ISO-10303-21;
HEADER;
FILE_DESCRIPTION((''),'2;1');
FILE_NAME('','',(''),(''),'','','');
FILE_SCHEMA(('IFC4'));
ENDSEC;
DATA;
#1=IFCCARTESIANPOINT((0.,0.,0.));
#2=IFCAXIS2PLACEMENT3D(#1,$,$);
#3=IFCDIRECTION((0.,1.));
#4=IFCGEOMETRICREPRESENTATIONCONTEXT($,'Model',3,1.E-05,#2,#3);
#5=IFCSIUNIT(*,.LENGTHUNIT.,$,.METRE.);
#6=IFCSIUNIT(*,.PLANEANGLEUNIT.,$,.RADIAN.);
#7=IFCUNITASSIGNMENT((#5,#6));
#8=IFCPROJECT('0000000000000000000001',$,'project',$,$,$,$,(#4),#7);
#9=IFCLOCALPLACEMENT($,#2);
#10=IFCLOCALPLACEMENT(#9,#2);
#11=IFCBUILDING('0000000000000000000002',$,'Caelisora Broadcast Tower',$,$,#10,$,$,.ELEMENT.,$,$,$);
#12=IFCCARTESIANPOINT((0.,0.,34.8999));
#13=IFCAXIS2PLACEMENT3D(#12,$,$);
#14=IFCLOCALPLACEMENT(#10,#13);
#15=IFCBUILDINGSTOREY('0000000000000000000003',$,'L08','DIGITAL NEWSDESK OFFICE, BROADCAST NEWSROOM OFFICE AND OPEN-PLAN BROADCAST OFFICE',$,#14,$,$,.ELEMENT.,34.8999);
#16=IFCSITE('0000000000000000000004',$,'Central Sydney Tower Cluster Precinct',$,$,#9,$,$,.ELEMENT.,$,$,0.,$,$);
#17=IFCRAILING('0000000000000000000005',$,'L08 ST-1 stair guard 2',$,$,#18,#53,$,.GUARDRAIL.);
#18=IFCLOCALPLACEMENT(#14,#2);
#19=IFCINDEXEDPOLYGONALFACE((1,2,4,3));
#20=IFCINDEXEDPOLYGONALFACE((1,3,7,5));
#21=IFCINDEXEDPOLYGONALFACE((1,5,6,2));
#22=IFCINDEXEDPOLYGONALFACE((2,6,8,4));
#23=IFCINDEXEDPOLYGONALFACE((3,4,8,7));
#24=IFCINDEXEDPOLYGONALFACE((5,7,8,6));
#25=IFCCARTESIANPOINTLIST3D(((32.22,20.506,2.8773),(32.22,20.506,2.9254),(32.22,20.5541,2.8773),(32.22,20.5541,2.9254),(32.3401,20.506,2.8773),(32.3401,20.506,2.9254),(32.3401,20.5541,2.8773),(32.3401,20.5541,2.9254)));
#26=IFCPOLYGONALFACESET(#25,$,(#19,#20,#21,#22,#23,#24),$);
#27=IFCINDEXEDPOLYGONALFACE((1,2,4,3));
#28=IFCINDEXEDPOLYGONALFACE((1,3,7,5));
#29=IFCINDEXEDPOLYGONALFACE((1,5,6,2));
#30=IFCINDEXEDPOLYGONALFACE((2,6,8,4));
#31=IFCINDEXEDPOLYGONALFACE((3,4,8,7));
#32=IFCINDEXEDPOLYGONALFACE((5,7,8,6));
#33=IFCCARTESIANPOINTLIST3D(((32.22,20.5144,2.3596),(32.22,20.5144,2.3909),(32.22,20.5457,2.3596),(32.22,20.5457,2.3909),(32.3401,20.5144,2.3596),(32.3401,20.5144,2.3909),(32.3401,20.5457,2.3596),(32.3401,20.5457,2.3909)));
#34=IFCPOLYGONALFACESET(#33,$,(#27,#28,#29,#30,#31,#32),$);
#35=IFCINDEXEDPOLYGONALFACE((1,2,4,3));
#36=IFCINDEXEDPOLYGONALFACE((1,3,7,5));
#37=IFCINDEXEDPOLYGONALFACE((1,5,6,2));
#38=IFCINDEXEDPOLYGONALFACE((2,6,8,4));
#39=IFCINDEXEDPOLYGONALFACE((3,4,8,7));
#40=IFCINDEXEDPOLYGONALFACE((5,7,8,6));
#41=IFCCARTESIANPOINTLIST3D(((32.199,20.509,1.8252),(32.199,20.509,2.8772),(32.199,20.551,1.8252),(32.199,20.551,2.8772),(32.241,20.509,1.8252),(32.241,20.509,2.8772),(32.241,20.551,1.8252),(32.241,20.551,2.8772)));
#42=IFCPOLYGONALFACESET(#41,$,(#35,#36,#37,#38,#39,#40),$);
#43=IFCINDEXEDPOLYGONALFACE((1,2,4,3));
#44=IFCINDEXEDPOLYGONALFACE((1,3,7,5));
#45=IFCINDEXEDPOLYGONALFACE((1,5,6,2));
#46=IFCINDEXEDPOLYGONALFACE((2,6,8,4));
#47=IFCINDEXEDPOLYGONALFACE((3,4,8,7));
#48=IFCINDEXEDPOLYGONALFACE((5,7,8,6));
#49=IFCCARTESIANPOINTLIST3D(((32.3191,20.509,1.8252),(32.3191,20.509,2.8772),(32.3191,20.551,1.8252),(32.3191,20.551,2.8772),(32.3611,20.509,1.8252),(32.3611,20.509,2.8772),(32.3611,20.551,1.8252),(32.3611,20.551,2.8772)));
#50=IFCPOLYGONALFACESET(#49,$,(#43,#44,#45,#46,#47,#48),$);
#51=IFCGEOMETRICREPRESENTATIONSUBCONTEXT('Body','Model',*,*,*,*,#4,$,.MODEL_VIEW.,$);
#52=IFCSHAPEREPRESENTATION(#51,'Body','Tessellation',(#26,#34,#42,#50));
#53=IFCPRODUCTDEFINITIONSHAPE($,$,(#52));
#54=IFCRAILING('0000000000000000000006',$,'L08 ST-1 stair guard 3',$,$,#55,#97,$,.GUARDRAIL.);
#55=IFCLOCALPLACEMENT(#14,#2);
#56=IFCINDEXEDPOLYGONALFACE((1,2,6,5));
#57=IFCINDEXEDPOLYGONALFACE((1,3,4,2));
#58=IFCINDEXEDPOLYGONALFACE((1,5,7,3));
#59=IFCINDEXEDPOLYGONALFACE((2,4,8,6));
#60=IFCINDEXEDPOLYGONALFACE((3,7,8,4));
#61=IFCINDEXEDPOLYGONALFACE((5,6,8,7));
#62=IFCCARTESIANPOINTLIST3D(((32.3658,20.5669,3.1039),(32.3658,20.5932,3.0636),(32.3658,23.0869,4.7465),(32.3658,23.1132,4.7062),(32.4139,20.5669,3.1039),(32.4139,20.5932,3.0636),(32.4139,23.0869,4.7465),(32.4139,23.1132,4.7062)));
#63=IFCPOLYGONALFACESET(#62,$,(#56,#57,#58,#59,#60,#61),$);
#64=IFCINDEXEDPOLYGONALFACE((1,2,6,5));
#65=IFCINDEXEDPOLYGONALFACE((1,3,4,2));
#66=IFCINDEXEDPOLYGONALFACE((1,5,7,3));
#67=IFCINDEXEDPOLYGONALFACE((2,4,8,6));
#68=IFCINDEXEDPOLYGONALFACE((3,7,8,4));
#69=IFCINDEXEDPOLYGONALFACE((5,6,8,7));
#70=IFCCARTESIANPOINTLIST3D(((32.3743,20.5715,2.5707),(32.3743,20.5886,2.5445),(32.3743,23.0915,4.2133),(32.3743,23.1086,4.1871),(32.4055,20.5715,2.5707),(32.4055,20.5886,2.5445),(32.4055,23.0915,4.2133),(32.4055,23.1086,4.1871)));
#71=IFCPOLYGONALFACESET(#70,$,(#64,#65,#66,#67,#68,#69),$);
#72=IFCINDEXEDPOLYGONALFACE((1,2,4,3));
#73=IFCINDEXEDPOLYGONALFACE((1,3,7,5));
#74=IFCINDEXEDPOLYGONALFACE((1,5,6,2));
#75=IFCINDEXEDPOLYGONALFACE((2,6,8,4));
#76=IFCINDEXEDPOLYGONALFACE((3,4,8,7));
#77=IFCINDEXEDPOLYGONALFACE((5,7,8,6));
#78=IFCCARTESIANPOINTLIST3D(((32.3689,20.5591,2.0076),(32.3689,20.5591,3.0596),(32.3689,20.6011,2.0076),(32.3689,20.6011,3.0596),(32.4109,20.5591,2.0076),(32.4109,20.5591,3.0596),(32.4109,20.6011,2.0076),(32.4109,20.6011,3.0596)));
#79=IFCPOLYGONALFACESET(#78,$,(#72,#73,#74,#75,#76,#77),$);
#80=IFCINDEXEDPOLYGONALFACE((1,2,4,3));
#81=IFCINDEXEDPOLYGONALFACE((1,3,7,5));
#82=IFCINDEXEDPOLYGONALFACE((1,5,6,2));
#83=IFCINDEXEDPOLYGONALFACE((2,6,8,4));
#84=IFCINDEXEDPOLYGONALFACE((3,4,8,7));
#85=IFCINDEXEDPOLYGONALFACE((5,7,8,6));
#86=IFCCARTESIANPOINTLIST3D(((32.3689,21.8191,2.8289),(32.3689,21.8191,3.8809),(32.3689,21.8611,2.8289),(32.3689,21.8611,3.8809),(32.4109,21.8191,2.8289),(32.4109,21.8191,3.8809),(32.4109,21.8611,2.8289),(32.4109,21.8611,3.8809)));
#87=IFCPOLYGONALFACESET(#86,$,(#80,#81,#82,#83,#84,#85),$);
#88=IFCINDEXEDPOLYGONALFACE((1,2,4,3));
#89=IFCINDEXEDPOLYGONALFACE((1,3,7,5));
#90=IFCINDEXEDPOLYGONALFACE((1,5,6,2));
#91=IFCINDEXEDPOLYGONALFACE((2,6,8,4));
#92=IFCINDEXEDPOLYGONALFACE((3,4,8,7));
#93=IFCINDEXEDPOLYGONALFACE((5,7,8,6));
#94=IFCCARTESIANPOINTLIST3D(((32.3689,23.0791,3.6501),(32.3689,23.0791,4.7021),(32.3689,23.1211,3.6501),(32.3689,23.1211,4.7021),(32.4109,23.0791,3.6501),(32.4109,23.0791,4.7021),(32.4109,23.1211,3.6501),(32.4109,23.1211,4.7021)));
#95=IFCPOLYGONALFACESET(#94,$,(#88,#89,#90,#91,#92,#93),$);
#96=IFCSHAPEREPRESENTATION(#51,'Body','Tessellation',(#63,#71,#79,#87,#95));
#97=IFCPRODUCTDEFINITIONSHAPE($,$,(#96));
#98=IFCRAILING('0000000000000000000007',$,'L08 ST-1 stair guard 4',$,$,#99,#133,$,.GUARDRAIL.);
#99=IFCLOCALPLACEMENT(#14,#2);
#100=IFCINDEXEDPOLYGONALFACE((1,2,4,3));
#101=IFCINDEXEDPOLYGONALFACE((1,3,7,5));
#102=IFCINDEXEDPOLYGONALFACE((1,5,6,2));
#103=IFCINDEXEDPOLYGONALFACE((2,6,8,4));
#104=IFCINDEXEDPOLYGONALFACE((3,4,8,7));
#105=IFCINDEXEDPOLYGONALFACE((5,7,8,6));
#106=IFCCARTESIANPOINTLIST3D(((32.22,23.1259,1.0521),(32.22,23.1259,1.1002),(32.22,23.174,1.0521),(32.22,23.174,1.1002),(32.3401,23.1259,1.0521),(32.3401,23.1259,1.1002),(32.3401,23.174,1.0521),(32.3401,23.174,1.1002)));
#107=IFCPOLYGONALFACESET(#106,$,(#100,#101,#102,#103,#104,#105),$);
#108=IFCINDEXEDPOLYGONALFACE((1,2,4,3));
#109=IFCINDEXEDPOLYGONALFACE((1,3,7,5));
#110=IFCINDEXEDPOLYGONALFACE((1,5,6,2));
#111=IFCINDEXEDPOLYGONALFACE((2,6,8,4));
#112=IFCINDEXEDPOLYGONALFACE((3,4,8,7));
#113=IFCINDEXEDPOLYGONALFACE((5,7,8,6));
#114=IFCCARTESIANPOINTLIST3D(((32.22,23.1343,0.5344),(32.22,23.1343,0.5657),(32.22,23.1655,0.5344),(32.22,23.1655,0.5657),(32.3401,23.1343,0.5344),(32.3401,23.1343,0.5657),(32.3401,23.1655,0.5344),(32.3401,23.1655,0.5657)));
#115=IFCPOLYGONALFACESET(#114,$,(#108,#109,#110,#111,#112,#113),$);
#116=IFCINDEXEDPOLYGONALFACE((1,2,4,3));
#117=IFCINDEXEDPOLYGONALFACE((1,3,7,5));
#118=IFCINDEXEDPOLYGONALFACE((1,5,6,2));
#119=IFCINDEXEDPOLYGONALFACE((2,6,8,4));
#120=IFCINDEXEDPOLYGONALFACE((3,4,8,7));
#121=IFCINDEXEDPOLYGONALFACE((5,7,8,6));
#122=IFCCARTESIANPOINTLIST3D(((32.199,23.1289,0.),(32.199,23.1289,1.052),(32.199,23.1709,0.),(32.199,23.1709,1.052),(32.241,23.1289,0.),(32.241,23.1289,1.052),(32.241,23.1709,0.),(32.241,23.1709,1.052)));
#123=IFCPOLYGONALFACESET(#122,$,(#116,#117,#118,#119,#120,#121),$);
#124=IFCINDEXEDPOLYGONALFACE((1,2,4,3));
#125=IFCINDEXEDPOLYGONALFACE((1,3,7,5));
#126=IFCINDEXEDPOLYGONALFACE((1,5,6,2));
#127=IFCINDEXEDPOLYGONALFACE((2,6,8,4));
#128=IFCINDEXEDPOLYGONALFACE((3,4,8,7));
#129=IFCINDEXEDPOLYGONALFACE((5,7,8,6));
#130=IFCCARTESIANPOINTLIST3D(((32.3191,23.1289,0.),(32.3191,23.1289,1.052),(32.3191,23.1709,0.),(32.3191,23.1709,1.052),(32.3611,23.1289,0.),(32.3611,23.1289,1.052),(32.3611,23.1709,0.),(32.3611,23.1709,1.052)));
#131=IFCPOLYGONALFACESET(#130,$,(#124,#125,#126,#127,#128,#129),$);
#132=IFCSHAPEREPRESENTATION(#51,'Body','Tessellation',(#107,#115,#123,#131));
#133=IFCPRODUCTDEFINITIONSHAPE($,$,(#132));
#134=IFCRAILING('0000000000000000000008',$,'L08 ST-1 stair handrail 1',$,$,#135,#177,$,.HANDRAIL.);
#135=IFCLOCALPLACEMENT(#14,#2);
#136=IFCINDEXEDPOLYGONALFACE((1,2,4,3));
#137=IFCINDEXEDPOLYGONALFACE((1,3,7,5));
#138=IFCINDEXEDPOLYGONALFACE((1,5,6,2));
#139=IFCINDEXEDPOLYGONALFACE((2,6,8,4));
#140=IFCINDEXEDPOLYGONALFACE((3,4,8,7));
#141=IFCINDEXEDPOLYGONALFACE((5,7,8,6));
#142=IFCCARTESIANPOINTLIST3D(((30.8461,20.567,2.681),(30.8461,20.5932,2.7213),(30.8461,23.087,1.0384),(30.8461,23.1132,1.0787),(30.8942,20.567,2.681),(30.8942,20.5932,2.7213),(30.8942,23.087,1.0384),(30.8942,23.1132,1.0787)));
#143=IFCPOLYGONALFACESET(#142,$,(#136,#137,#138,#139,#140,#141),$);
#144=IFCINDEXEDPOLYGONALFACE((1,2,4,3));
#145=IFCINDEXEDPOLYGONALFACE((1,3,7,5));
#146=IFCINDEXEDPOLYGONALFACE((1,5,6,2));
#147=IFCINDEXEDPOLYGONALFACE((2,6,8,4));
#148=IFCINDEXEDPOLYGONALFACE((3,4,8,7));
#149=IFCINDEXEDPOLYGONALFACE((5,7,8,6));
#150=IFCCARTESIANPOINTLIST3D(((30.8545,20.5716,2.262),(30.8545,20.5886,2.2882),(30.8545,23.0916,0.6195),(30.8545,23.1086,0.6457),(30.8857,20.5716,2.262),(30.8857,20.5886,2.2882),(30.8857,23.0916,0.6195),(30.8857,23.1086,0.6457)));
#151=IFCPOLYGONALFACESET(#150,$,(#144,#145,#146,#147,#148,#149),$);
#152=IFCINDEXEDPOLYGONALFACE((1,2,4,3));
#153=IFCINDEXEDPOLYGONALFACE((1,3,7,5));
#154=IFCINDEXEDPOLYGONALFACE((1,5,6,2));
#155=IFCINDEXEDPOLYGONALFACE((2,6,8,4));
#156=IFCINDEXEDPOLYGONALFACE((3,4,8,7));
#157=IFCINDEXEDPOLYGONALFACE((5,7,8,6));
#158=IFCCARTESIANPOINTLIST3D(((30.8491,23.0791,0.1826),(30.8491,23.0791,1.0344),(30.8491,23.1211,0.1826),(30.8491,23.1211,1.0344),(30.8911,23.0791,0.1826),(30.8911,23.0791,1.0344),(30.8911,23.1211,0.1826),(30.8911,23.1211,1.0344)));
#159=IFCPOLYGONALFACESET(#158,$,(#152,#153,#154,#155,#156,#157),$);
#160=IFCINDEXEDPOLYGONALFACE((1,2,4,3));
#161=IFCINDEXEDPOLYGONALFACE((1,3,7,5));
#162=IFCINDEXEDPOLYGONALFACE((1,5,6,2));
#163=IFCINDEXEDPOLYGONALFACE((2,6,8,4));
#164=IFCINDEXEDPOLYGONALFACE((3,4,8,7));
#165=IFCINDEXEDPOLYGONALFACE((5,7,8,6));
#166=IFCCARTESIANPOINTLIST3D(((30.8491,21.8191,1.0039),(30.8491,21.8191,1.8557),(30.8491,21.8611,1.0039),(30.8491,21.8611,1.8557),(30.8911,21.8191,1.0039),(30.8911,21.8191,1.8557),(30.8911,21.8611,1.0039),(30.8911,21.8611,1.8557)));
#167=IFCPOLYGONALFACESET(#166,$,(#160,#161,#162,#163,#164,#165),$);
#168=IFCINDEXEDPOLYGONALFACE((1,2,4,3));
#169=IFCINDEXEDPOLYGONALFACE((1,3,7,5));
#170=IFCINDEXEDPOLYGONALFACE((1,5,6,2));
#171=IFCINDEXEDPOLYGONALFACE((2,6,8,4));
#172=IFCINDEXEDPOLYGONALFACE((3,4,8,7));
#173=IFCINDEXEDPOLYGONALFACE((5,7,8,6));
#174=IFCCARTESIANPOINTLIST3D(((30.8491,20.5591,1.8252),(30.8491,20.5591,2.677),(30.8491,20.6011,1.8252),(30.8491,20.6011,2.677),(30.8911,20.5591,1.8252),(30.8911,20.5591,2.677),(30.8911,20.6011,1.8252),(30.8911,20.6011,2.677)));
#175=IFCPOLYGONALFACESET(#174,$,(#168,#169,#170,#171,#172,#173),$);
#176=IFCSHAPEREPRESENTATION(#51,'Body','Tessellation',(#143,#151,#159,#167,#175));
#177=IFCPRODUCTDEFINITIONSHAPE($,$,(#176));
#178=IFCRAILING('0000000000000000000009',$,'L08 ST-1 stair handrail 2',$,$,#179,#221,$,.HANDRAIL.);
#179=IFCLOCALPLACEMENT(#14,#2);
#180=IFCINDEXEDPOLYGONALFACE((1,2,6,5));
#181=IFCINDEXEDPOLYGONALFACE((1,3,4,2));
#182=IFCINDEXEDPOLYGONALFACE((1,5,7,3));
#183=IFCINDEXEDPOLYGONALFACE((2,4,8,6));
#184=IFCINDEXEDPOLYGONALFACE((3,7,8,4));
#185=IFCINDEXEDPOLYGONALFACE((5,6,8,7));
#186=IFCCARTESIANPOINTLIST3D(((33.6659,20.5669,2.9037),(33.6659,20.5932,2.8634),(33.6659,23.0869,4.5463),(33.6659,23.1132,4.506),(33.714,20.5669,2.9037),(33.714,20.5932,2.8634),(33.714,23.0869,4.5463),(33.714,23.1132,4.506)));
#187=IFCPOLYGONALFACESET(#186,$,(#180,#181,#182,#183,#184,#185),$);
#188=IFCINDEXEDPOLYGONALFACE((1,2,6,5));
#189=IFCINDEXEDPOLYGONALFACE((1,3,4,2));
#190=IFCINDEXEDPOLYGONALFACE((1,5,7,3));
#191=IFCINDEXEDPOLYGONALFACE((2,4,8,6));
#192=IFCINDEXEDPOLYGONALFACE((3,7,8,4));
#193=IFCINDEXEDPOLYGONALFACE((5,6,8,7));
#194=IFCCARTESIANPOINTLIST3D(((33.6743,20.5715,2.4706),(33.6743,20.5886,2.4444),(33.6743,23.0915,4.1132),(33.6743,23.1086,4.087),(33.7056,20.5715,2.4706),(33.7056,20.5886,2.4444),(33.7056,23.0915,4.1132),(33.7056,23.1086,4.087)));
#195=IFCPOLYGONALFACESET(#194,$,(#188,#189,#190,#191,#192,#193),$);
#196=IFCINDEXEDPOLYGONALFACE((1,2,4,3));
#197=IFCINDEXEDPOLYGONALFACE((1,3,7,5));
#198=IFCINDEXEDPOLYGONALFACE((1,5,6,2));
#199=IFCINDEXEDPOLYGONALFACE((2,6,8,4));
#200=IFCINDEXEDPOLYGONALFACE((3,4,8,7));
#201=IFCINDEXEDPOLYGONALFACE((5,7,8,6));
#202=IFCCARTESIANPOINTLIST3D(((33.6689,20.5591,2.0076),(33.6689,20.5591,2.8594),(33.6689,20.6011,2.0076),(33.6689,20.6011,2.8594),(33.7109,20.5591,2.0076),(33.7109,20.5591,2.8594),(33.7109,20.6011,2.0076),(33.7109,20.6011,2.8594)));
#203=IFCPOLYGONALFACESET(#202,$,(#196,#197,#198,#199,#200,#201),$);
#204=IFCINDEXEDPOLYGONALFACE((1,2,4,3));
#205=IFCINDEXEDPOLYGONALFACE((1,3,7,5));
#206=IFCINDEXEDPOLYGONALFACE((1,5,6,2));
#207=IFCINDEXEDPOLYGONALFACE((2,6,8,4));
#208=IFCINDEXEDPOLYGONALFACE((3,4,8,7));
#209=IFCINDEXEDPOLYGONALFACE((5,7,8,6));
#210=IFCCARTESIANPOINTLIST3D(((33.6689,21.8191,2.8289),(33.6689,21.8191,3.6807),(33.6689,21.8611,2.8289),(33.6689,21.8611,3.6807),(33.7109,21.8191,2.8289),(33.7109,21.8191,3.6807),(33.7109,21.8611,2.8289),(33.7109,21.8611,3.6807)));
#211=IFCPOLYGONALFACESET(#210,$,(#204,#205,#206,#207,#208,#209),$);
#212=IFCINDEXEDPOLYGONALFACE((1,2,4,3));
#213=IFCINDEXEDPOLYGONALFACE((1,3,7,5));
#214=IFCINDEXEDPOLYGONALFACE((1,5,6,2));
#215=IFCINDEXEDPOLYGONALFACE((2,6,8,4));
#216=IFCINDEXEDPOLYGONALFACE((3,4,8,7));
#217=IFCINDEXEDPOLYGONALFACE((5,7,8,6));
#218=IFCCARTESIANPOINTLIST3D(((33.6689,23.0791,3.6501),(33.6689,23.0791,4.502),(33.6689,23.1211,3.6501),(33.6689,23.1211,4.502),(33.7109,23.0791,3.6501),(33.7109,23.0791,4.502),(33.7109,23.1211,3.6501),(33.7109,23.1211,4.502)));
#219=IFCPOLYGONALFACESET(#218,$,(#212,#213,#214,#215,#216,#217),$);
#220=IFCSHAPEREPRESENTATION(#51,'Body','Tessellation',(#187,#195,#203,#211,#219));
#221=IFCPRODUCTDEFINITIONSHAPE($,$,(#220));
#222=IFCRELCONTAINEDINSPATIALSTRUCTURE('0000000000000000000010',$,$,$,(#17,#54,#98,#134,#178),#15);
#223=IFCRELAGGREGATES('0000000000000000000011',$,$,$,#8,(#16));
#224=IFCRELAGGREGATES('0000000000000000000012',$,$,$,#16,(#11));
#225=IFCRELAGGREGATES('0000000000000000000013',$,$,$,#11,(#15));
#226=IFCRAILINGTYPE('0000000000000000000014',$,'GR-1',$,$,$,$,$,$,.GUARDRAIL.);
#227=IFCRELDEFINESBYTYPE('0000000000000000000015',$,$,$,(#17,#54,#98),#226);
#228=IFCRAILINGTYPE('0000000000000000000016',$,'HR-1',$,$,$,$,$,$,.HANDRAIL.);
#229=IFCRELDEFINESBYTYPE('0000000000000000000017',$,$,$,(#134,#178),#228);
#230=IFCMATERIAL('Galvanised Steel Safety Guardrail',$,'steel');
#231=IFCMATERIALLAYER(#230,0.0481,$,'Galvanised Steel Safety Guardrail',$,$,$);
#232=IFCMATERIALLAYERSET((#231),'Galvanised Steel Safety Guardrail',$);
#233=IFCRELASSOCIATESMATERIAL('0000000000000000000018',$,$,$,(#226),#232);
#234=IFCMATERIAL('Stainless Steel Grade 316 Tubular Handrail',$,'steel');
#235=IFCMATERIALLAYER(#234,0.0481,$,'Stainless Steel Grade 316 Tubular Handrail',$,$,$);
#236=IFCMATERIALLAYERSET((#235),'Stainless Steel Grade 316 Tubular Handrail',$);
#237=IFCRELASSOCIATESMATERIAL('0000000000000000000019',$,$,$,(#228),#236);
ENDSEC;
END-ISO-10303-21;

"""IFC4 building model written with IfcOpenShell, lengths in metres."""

from ifc_helpers import new_model, si_unit, direction, frame, origin, origin_2d, place, context, subcontext, project, spatial, rectangle, extrude, material, layer, layer_set, type_object, element, save


model = new_model("IFC4")

# Units and contexts
model_context = context("Model", 3, precision=1e-05, world=origin(), true_north=direction((0.0, 1.0)))
body_context = subcontext(model_context, "Body", "Model", "MODEL_VIEW")
ifc_project = project(units=[si_unit("LENGTHUNIT", "METRE"), si_unit("PLANEANGLEUNIT", "RADIAN")], contexts=[model_context])

# Site, building, storey
site_placement = place(None, origin())
site = spatial("IfcSite", under=ifc_project, at=site_placement, Name="Central Sydney Tower Cluster Precinct", CompositionType="ELEMENT", RefElevation=0.0)
building_placement = place(site_placement, origin())
building = spatial("IfcBuilding", under=site, at=building_placement, Name="Caelisora Broadcast Tower", CompositionType="ELEMENT")
storey_placement = place(building_placement, frame((0.0, 0.0, 34.8999)))
storey = spatial("IfcBuildingStorey", under=building, at=storey_placement, Name="L08", Description="DIGITAL NEWSDESK OFFICE, BROADCAST NEWSROOM OFFICE AND OPEN-PLAN BROADCAST OFFICE", CompositionType="ELEMENT", Elevation=34.8999)

# Railings
ifc_material_1 = material(Name="Galvanised Steel Safety Guardrail", Category="steel")
ifc_layer_1 = layer(ifc_material_1, 0.0481, Name="Galvanised Steel Safety Guardrail")
ifc_layer_set_1 = layer_set([ifc_layer_1], Name="Galvanised Steel Safety Guardrail")
railing_type_1 = type_object("IfcRailingType", Name="GR-1", PredefinedType="GUARDRAIL", material=ifc_layer_set_1)
railing_1_placement = place(storey_placement, frame((32.22, 20.53, 1.8252)))
element("IfcRailing", 1, at=railing_1_placement, inside=storey, type_object=railing_type_1, Name="L08 ST-1 stair guard 2", PredefinedType="GUARDRAIL", context=body_context, shape_type="SweptSolid", body=[
    extrude(rectangle(XDim=0.0481, YDim=0.0481, at=origin_2d()), frame((0.0, 0.0, 1.0762), z_axis=(1.0, 0.0, 0.0), x_axis=(0.0, 1.0, 0.0)), (0.0, 0.0, 1.0), 0.1201),
    extrude(rectangle(XDim=0.0312, YDim=0.0312, at=origin_2d()), frame((0.0, 0.0, 0.55), z_axis=(1.0, 0.0, 0.0), x_axis=(0.0, 1.0, 0.0)), (0.0, 0.0, 1.0), 0.1201),
    extrude(rectangle(XDim=0.042, YDim=0.042, at=origin_2d()), origin(), (0.0, 0.0, 1.0), 1.052),
    extrude(rectangle(XDim=0.042, YDim=0.042, at=origin_2d()), frame((0.1201, 0.0, 0.0)), (0.0, 0.0, 1.0), 1.052),
])
railing_2_placement = place(storey_placement, frame((32.3899, 20.5801, 2.0076)))
element("IfcRailing", 2, at=railing_2_placement, inside=storey, type_object=railing_type_1, Name="L08 ST-1 stair guard 3", PredefinedType="GUARDRAIL", context=body_context, shape_type="SweptSolid", body=[
    extrude(rectangle(XDim=0.0481, YDim=0.0481, at=origin_2d()), frame((0.0, 0.0, 1.0762), z_axis=(0.0, 0.837749, 0.546055), x_axis=(-1.0, 0.0, 0.0)), (0.0, 0.0, 1.0), 3.0081),
    extrude(rectangle(XDim=0.0312, YDim=0.0312, at=origin_2d()), frame((0.0, 0.0, 0.55), z_axis=(0.0, 0.837749, 0.546055), x_axis=(-1.0, 0.0, 0.0)), (0.0, 0.0, 1.0), 3.0081),
    extrude(rectangle(XDim=0.042, YDim=0.042, at=origin_2d()), origin(), (0.0, 0.0, 1.0), 1.052),
    extrude(rectangle(XDim=0.042, YDim=0.042, at=origin_2d()), frame((0.0, 1.26, 0.8213)), (0.0, 0.0, 1.0), 1.052),
    extrude(rectangle(XDim=0.042, YDim=0.042, at=origin_2d()), frame((0.0, 2.52, 1.6426)), (0.0, 0.0, 1.0), 1.052),
])
railing_3_placement = place(storey_placement, frame((32.22, 23.1499, 0.0)))
element("IfcRailing", 3, at=railing_3_placement, inside=storey, type_object=railing_type_1, Name="L08 ST-1 stair guard 4", PredefinedType="GUARDRAIL", context=body_context, shape_type="SweptSolid", body=[
    extrude(rectangle(XDim=0.0481, YDim=0.0481, at=origin_2d()), frame((0.0, 0.0, 1.0762), z_axis=(1.0, 0.0, 0.0), x_axis=(0.0, 1.0, 0.0)), (0.0, 0.0, 1.0), 0.1201),
    extrude(rectangle(XDim=0.0312, YDim=0.0312, at=origin_2d()), frame((0.0, 0.0, 0.55), z_axis=(1.0, 0.0, 0.0), x_axis=(0.0, 1.0, 0.0)), (0.0, 0.0, 1.0), 0.1201),
    extrude(rectangle(XDim=0.042, YDim=0.042, at=origin_2d()), origin(), (0.0, 0.0, 1.0), 1.052),
    extrude(rectangle(XDim=0.042, YDim=0.042, at=origin_2d()), frame((0.1201, 0.0, 0.0)), (0.0, 0.0, 1.0), 1.052),
])
ifc_material_2 = material(Name="Stainless Steel Grade 316 Tubular Handrail", Category="steel")
ifc_layer_2 = layer(ifc_material_2, 0.0481, Name="Stainless Steel Grade 316 Tubular Handrail")
ifc_layer_set_2 = layer_set([ifc_layer_2], Name="Stainless Steel Grade 316 Tubular Handrail")
railing_type_2 = type_object("IfcRailingType", Name="HR-1", PredefinedType="HANDRAIL", material=ifc_layer_set_2)
railing_4_placement = place(storey_placement, frame((30.8701, 23.1001, 0.1826)))
element("IfcRailing", 4, at=railing_4_placement, inside=storey, type_object=railing_type_2, Name="L08 ST-1 stair handrail 1", PredefinedType="HANDRAIL", context=body_context, shape_type="SweptSolid", body=[
    extrude(rectangle(XDim=0.0481, YDim=0.0481, at=origin_2d()), frame((0.0, 0.0, 0.876), z_axis=(0.0, -0.837749, 0.546055), x_axis=(1.0, 0.0, 0.0)), (0.0, 0.0, 1.0), 3.0081),
    extrude(rectangle(XDim=0.0312, YDim=0.0312, at=origin_2d()), frame((0.0, 0.0, 0.45), z_axis=(0.0, -0.837749, 0.546055), x_axis=(1.0, 0.0, 0.0)), (0.0, 0.0, 1.0), 3.0081),
    extrude(rectangle(XDim=0.042, YDim=0.042, at=origin_2d()), origin(), (0.0, 0.0, 1.0), 0.8518),
    extrude(rectangle(XDim=0.042, YDim=0.042, at=origin_2d()), frame((0.0, -1.26, 0.8213)), (0.0, 0.0, 1.0), 0.8518),
    extrude(rectangle(XDim=0.042, YDim=0.042, at=origin_2d()), frame((0.0, -2.52, 1.6426)), (0.0, 0.0, 1.0), 0.8518),
])
railing_5_placement = place(storey_placement, frame((33.6899, 20.5801, 2.0076)))
element("IfcRailing", 5, at=railing_5_placement, inside=storey, type_object=railing_type_2, Name="L08 ST-1 stair handrail 2", PredefinedType="HANDRAIL", context=body_context, shape_type="SweptSolid", body=[
    extrude(rectangle(XDim=0.0481, YDim=0.0481, at=origin_2d()), frame((0.0, 0.0, 0.876), z_axis=(0.0, 0.837749, 0.546055), x_axis=(-1.0, 0.0, 0.0)), (0.0, 0.0, 1.0), 3.0081),
    extrude(rectangle(XDim=0.0312, YDim=0.0312, at=origin_2d()), frame((0.0, 0.0, 0.45), z_axis=(0.0, 0.837749, 0.546055), x_axis=(-1.0, 0.0, 0.0)), (0.0, 0.0, 1.0), 3.0081),
    extrude(rectangle(XDim=0.042, YDim=0.042, at=origin_2d()), origin(), (0.0, 0.0, 1.0), 0.8518),
    extrude(rectangle(XDim=0.042, YDim=0.042, at=origin_2d()), frame((0.0, 1.26, 0.8213)), (0.0, 0.0, 1.0), 0.8518),
    extrude(rectangle(XDim=0.042, YDim=0.042, at=origin_2d()), frame((0.0, 2.52, 1.6426)), (0.0, 0.0, 1.0), 0.8518),
])

save(model, "model.ifc")
